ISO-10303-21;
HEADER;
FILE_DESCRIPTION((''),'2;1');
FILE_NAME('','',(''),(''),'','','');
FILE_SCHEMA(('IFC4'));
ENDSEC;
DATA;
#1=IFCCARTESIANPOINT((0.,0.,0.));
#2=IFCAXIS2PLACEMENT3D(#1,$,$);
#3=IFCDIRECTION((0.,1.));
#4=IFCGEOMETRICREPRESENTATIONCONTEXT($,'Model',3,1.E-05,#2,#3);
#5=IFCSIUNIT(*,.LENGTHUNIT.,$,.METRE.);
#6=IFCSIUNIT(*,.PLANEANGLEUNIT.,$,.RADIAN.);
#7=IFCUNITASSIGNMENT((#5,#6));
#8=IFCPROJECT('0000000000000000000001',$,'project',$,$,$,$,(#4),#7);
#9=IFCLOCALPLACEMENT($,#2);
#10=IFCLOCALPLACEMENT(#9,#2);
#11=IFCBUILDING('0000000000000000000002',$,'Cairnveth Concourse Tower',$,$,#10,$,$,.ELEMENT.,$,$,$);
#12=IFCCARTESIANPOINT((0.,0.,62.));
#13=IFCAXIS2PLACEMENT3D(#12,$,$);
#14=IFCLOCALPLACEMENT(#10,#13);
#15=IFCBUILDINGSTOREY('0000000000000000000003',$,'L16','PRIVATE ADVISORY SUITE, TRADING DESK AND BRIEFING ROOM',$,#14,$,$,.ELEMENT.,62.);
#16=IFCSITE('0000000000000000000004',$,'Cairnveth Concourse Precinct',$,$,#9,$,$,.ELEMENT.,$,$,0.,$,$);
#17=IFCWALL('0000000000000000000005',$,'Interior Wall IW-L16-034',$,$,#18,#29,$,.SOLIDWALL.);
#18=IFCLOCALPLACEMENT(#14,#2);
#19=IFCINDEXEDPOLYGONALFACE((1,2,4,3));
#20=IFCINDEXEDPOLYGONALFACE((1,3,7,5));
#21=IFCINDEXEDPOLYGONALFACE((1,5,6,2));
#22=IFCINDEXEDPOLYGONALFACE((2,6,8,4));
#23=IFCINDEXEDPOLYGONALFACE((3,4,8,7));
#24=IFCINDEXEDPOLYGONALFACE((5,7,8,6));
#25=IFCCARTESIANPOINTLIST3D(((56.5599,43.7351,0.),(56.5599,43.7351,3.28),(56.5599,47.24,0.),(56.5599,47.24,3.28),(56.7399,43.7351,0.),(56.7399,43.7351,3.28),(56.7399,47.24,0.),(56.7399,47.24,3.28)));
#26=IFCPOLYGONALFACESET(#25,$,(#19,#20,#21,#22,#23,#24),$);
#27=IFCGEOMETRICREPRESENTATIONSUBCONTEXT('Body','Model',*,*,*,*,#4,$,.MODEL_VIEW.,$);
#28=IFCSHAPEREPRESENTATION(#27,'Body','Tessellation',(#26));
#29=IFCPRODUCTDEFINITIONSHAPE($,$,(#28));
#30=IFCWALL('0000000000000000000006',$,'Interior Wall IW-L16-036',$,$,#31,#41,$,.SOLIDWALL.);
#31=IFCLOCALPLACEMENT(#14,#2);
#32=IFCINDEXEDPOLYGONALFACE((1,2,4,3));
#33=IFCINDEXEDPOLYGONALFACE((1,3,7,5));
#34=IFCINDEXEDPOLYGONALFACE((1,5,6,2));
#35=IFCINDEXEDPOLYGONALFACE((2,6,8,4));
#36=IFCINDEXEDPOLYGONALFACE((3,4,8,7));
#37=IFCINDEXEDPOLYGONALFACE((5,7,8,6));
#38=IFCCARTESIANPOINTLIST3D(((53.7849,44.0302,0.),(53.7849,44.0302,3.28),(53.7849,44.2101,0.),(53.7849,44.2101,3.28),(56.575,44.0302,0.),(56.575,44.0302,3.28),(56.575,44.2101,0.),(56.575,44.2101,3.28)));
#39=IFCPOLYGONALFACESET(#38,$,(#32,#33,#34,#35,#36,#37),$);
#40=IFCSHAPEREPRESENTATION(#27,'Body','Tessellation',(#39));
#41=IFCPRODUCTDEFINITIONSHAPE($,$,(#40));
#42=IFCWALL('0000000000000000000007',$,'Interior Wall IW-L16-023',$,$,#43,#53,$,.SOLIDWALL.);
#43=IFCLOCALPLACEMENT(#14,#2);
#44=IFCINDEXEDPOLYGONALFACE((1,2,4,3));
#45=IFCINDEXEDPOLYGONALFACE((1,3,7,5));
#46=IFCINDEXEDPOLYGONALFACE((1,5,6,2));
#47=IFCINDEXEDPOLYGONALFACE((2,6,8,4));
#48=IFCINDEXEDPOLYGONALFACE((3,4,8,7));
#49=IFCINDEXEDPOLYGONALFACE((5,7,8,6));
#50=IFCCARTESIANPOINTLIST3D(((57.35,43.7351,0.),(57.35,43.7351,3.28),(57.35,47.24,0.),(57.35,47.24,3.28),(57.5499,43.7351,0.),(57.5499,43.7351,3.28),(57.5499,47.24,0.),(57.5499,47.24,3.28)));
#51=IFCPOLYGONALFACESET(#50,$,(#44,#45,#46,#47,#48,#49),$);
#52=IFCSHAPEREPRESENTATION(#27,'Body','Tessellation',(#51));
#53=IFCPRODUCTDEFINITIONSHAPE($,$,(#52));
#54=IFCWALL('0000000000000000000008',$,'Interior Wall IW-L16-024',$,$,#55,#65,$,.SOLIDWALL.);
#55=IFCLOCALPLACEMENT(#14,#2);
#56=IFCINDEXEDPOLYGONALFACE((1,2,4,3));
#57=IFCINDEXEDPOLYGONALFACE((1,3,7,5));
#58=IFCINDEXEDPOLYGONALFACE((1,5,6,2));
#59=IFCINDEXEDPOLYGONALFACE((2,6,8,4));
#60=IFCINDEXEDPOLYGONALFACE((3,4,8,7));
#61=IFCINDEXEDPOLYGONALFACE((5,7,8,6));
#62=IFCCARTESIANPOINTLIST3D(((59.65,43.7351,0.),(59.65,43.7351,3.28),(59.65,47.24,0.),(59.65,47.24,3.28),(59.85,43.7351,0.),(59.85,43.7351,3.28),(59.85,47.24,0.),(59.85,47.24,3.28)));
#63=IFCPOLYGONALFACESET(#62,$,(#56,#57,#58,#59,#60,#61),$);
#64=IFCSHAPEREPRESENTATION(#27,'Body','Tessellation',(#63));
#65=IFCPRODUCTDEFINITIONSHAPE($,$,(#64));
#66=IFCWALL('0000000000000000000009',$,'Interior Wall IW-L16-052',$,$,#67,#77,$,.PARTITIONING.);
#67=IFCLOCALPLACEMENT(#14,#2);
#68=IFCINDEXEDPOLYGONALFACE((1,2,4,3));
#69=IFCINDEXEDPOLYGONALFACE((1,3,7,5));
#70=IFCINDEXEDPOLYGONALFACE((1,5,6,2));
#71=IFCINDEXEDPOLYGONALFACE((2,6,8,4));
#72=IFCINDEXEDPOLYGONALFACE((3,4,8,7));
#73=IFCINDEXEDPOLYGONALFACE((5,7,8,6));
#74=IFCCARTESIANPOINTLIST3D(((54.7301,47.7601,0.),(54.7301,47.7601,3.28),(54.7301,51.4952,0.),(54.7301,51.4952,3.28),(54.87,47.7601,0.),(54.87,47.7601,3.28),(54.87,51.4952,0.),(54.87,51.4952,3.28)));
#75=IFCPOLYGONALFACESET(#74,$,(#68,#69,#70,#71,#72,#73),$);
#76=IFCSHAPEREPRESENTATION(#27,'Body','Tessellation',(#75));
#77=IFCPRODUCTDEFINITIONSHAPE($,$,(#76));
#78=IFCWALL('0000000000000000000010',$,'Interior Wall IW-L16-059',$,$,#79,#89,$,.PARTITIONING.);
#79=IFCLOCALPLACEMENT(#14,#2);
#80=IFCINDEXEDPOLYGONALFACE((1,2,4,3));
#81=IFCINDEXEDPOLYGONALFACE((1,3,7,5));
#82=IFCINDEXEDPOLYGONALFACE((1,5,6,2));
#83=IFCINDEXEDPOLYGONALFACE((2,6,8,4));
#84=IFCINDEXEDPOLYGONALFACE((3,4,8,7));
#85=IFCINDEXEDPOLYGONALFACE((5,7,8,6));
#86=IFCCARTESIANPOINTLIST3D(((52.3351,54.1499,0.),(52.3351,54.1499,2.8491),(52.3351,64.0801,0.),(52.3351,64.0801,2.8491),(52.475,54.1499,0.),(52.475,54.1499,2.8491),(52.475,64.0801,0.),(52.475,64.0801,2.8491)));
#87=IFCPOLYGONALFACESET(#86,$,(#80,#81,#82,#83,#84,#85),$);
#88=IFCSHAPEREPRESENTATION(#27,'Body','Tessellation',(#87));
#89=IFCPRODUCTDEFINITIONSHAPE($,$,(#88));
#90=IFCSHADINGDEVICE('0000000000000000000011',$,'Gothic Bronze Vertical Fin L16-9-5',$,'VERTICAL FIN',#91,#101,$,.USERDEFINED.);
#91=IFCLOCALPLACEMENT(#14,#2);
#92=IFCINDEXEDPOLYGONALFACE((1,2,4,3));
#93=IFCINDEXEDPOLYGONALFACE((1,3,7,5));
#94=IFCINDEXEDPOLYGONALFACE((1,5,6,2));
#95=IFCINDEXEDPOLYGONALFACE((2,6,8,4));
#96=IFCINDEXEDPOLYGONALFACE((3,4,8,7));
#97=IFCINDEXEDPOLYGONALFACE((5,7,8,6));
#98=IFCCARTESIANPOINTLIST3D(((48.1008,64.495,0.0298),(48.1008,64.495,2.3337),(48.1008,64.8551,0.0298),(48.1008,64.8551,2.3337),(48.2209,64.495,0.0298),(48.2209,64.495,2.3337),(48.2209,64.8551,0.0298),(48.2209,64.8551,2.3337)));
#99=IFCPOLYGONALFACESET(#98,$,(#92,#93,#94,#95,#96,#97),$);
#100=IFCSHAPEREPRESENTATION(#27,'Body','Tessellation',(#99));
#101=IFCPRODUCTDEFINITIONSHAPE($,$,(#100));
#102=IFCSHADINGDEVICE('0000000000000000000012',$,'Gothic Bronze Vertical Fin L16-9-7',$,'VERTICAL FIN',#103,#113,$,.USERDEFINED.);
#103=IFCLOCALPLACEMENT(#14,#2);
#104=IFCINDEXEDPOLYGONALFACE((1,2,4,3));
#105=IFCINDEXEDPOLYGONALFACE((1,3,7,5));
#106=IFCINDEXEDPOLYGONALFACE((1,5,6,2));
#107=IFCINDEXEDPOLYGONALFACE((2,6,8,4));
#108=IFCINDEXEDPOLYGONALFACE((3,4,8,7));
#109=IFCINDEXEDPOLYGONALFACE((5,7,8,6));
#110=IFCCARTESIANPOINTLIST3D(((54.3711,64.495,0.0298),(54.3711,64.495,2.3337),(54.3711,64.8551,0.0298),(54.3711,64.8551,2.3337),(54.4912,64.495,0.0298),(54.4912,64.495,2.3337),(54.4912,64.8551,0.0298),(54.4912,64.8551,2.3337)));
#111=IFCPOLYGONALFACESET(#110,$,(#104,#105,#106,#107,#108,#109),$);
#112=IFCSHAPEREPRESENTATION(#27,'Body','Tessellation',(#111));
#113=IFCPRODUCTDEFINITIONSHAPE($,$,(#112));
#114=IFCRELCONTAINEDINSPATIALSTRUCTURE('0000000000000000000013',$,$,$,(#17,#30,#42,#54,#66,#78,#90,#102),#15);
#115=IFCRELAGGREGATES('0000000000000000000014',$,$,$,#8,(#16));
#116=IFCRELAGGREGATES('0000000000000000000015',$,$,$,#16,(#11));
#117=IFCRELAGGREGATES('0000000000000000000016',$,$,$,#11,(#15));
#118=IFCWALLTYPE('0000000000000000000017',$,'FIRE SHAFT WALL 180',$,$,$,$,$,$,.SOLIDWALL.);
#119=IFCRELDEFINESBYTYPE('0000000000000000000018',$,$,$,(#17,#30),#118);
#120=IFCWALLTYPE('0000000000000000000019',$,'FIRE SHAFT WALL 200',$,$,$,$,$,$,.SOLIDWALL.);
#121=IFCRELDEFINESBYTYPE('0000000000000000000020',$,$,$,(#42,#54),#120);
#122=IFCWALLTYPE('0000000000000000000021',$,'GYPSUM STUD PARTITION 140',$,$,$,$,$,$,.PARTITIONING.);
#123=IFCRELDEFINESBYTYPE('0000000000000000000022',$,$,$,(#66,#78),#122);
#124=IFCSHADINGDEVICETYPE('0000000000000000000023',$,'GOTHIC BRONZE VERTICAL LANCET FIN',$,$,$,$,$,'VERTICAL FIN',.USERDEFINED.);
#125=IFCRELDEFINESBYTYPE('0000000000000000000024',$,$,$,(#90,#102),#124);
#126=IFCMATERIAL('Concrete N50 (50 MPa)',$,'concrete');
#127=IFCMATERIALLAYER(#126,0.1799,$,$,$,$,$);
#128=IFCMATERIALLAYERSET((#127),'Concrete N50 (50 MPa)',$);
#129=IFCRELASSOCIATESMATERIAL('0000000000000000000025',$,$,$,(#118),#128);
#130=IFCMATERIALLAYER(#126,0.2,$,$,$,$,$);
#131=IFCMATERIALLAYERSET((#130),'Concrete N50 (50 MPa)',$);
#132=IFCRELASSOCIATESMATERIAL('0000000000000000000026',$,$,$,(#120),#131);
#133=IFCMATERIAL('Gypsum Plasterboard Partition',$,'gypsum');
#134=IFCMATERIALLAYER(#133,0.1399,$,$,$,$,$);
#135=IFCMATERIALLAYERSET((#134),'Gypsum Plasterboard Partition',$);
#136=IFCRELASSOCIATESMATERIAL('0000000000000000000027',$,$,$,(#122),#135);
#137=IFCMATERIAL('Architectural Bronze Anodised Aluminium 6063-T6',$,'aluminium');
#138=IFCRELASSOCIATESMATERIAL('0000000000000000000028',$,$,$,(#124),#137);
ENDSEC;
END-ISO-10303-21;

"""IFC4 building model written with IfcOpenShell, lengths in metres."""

from ifc_helpers import new_model, si_unit, direction, frame, frame_2d, origin, origin_2d, place, context, subcontext, project, spatial, rectangle, extrude, material, layer, layer_set, type_object, element, save


model = new_model("IFC4")

# Units and contexts
model_context = context("Model", 3, precision=1e-05, world=origin(), true_north=direction((0.0, 1.0)))
body_context = subcontext(model_context, "Body", "Model", "MODEL_VIEW")
ifc_project = project(units=[si_unit("LENGTHUNIT", "METRE"), si_unit("PLANEANGLEUNIT", "RADIAN")], contexts=[model_context])

# Site, building, storey
site_placement = place(None, origin())
site = spatial("IfcSite", under=ifc_project, at=site_placement, Name="Cairnveth Concourse Precinct", CompositionType="ELEMENT", RefElevation=0.0)
building_placement = place(site_placement, origin())
building = spatial("IfcBuilding", under=site, at=building_placement, Name="Cairnveth Concourse Tower", CompositionType="ELEMENT")
storey_placement = place(building_placement, frame((0.0, 0.0, 62.0)))
storey = spatial("IfcBuildingStorey", under=building, at=storey_placement, Name="L16", Description="PRIVATE ADVISORY SUITE, TRADING DESK AND BRIEFING ROOM", CompositionType="ELEMENT", Elevation=62.0)

# Walls
ifc_material_1 = material(Name="Concrete N50 (50 MPa)", Category="concrete")
ifc_layer_1 = layer(ifc_material_1, 0.1799)
ifc_layer_set_1 = layer_set([ifc_layer_1], Name="Concrete N50 (50 MPa)")
wall_type_1 = type_object("IfcWallType", Name="FIRE SHAFT WALL 180", PredefinedType="SOLIDWALL", material=ifc_layer_set_1)
wall_1_placement = place(storey_placement, frame((56.6499, 43.7351, 0.0), z_axis=(0.0, 0.0, 1.0), x_axis=(0.0, 1.0, 0.0)))
element("IfcWall", 1, at=wall_1_placement, inside=storey, type_object=wall_type_1, Name="Interior Wall IW-L16-034", PredefinedType="SOLIDWALL", context=body_context, shape_type="SweptSolid", body=[
    extrude(rectangle(XDim=3.5049, YDim=0.1799, at=frame_2d((1.7524, 0.0))), origin(), (0.0, 0.0, 1.0), 3.28),
])
wall_2_placement = place(storey_placement, frame((53.7849, 44.1201, 0.0), z_axis=(0.0, 0.0, 1.0), x_axis=(1.0, 0.0, 0.0)))
element("IfcWall", 2, at=wall_2_placement, inside=storey, type_object=wall_type_1, Name="Interior Wall IW-L16-036", PredefinedType="SOLIDWALL", context=body_context, shape_type="SweptSolid", body=[
    extrude(rectangle(XDim=2.79, YDim=0.1799, at=frame_2d((1.395, 0.0))), origin(), (0.0, 0.0, 1.0), 3.28),
])
ifc_layer_2 = layer(ifc_material_1, 0.2)
ifc_layer_set_2 = layer_set([ifc_layer_2], Name="Concrete N50 (50 MPa)")
wall_type_2 = type_object("IfcWallType", Name="FIRE SHAFT WALL 200", PredefinedType="SOLIDWALL", material=ifc_layer_set_2)
for number, where, z_axis, x_axis, name in (
    (3, (57.45, 43.7351, 0.0), (0.0, 0.0, 1.0), (0.0, 1.0, 0.0), "Interior Wall IW-L16-023"),
    (4, (59.75, 43.7351, 0.0), (0.0, 0.0, 1.0), (0.0, 1.0, 0.0), "Interior Wall IW-L16-024"),
):
    element("IfcWall", number, at=place(storey_placement, frame(where, z_axis=z_axis, x_axis=x_axis)), inside=storey, type_object=wall_type_2, Name=name, PredefinedType="SOLIDWALL", context=body_context, shape_type="SweptSolid", body=[
        extrude(rectangle(XDim=3.5049, YDim=0.2, at=frame_2d((1.7524, 0.0))), origin(), (0.0, 0.0, 1.0), 3.28),
    ])
ifc_material_2 = material(Name="Gypsum Plasterboard Partition", Category="gypsum")
ifc_layer_3 = layer(ifc_material_2, 0.1399)
ifc_layer_set_3 = layer_set([ifc_layer_3], Name="Gypsum Plasterboard Partition")
wall_type_3 = type_object("IfcWallType", Name="GYPSUM STUD PARTITION 140", PredefinedType="PARTITIONING", material=ifc_layer_set_3)
wall_3_placement = place(storey_placement, frame((54.8, 47.76, 0.0), z_axis=(0.0, 0.0, 1.0), x_axis=(0.0, 1.0, 0.0)))
element("IfcWall", 5, at=wall_3_placement, inside=storey, type_object=wall_type_3, Name="Interior Wall IW-L16-052", PredefinedType="PARTITIONING", context=body_context, shape_type="SweptSolid", body=[
    extrude(rectangle(XDim=3.7351, YDim=0.1399, at=frame_2d((1.8677, 0.0))), origin(), (0.0, 0.0, 1.0), 3.28),
])
wall_4_placement = place(storey_placement, frame((52.405, 54.1499, 0.0), z_axis=(0.0, 0.0, 1.0), x_axis=(0.0, 1.0, 0.0)))
element("IfcWall", 6, at=wall_4_placement, inside=storey, type_object=wall_type_3, Name="Interior Wall IW-L16-059", PredefinedType="PARTITIONING", context=body_context, shape_type="SweptSolid", body=[
    extrude(rectangle(XDim=9.9302, YDim=0.1399, at=frame_2d((4.9651, 0.0))), origin(), (0.0, 0.0, 1.0), 2.8491),
])

# Shading devices
ifc_material_3 = material(Name="Architectural Bronze Anodised Aluminium 6063-T6", Category="aluminium")
shading_device_type = type_object("IfcShadingDeviceType", Name="GOTHIC BRONZE VERTICAL LANCET FIN", ElementType="VERTICAL FIN", PredefinedType="USERDEFINED", material=ifc_material_3)
for number, where, z_axis, x_axis, name in (
    (7, (48.1609, 64.675, 0.0298), (0.0, 0.0, 1.0), (1.0, 0.0, 0.0), "Gothic Bronze Vertical Fin L16-9-5"),
    (8, (54.4312, 64.675, 0.0298), (0.0, 0.0, 1.0), (1.0, 0.0, 0.0), "Gothic Bronze Vertical Fin L16-9-7"),
):
    element("IfcShadingDevice", number, at=place(storey_placement, frame(where, z_axis=z_axis, x_axis=x_axis)), inside=storey, type_object=shading_device_type, Name=name, ObjectType="VERTICAL FIN", PredefinedType="USERDEFINED", context=body_context, shape_type="SweptSolid", body=[
        extrude(rectangle(XDim=0.1201, YDim=0.3601, at=origin_2d()), origin(), (0.0, 0.0, 1.0), 2.304),
    ])

save(model, "model.ifc")
